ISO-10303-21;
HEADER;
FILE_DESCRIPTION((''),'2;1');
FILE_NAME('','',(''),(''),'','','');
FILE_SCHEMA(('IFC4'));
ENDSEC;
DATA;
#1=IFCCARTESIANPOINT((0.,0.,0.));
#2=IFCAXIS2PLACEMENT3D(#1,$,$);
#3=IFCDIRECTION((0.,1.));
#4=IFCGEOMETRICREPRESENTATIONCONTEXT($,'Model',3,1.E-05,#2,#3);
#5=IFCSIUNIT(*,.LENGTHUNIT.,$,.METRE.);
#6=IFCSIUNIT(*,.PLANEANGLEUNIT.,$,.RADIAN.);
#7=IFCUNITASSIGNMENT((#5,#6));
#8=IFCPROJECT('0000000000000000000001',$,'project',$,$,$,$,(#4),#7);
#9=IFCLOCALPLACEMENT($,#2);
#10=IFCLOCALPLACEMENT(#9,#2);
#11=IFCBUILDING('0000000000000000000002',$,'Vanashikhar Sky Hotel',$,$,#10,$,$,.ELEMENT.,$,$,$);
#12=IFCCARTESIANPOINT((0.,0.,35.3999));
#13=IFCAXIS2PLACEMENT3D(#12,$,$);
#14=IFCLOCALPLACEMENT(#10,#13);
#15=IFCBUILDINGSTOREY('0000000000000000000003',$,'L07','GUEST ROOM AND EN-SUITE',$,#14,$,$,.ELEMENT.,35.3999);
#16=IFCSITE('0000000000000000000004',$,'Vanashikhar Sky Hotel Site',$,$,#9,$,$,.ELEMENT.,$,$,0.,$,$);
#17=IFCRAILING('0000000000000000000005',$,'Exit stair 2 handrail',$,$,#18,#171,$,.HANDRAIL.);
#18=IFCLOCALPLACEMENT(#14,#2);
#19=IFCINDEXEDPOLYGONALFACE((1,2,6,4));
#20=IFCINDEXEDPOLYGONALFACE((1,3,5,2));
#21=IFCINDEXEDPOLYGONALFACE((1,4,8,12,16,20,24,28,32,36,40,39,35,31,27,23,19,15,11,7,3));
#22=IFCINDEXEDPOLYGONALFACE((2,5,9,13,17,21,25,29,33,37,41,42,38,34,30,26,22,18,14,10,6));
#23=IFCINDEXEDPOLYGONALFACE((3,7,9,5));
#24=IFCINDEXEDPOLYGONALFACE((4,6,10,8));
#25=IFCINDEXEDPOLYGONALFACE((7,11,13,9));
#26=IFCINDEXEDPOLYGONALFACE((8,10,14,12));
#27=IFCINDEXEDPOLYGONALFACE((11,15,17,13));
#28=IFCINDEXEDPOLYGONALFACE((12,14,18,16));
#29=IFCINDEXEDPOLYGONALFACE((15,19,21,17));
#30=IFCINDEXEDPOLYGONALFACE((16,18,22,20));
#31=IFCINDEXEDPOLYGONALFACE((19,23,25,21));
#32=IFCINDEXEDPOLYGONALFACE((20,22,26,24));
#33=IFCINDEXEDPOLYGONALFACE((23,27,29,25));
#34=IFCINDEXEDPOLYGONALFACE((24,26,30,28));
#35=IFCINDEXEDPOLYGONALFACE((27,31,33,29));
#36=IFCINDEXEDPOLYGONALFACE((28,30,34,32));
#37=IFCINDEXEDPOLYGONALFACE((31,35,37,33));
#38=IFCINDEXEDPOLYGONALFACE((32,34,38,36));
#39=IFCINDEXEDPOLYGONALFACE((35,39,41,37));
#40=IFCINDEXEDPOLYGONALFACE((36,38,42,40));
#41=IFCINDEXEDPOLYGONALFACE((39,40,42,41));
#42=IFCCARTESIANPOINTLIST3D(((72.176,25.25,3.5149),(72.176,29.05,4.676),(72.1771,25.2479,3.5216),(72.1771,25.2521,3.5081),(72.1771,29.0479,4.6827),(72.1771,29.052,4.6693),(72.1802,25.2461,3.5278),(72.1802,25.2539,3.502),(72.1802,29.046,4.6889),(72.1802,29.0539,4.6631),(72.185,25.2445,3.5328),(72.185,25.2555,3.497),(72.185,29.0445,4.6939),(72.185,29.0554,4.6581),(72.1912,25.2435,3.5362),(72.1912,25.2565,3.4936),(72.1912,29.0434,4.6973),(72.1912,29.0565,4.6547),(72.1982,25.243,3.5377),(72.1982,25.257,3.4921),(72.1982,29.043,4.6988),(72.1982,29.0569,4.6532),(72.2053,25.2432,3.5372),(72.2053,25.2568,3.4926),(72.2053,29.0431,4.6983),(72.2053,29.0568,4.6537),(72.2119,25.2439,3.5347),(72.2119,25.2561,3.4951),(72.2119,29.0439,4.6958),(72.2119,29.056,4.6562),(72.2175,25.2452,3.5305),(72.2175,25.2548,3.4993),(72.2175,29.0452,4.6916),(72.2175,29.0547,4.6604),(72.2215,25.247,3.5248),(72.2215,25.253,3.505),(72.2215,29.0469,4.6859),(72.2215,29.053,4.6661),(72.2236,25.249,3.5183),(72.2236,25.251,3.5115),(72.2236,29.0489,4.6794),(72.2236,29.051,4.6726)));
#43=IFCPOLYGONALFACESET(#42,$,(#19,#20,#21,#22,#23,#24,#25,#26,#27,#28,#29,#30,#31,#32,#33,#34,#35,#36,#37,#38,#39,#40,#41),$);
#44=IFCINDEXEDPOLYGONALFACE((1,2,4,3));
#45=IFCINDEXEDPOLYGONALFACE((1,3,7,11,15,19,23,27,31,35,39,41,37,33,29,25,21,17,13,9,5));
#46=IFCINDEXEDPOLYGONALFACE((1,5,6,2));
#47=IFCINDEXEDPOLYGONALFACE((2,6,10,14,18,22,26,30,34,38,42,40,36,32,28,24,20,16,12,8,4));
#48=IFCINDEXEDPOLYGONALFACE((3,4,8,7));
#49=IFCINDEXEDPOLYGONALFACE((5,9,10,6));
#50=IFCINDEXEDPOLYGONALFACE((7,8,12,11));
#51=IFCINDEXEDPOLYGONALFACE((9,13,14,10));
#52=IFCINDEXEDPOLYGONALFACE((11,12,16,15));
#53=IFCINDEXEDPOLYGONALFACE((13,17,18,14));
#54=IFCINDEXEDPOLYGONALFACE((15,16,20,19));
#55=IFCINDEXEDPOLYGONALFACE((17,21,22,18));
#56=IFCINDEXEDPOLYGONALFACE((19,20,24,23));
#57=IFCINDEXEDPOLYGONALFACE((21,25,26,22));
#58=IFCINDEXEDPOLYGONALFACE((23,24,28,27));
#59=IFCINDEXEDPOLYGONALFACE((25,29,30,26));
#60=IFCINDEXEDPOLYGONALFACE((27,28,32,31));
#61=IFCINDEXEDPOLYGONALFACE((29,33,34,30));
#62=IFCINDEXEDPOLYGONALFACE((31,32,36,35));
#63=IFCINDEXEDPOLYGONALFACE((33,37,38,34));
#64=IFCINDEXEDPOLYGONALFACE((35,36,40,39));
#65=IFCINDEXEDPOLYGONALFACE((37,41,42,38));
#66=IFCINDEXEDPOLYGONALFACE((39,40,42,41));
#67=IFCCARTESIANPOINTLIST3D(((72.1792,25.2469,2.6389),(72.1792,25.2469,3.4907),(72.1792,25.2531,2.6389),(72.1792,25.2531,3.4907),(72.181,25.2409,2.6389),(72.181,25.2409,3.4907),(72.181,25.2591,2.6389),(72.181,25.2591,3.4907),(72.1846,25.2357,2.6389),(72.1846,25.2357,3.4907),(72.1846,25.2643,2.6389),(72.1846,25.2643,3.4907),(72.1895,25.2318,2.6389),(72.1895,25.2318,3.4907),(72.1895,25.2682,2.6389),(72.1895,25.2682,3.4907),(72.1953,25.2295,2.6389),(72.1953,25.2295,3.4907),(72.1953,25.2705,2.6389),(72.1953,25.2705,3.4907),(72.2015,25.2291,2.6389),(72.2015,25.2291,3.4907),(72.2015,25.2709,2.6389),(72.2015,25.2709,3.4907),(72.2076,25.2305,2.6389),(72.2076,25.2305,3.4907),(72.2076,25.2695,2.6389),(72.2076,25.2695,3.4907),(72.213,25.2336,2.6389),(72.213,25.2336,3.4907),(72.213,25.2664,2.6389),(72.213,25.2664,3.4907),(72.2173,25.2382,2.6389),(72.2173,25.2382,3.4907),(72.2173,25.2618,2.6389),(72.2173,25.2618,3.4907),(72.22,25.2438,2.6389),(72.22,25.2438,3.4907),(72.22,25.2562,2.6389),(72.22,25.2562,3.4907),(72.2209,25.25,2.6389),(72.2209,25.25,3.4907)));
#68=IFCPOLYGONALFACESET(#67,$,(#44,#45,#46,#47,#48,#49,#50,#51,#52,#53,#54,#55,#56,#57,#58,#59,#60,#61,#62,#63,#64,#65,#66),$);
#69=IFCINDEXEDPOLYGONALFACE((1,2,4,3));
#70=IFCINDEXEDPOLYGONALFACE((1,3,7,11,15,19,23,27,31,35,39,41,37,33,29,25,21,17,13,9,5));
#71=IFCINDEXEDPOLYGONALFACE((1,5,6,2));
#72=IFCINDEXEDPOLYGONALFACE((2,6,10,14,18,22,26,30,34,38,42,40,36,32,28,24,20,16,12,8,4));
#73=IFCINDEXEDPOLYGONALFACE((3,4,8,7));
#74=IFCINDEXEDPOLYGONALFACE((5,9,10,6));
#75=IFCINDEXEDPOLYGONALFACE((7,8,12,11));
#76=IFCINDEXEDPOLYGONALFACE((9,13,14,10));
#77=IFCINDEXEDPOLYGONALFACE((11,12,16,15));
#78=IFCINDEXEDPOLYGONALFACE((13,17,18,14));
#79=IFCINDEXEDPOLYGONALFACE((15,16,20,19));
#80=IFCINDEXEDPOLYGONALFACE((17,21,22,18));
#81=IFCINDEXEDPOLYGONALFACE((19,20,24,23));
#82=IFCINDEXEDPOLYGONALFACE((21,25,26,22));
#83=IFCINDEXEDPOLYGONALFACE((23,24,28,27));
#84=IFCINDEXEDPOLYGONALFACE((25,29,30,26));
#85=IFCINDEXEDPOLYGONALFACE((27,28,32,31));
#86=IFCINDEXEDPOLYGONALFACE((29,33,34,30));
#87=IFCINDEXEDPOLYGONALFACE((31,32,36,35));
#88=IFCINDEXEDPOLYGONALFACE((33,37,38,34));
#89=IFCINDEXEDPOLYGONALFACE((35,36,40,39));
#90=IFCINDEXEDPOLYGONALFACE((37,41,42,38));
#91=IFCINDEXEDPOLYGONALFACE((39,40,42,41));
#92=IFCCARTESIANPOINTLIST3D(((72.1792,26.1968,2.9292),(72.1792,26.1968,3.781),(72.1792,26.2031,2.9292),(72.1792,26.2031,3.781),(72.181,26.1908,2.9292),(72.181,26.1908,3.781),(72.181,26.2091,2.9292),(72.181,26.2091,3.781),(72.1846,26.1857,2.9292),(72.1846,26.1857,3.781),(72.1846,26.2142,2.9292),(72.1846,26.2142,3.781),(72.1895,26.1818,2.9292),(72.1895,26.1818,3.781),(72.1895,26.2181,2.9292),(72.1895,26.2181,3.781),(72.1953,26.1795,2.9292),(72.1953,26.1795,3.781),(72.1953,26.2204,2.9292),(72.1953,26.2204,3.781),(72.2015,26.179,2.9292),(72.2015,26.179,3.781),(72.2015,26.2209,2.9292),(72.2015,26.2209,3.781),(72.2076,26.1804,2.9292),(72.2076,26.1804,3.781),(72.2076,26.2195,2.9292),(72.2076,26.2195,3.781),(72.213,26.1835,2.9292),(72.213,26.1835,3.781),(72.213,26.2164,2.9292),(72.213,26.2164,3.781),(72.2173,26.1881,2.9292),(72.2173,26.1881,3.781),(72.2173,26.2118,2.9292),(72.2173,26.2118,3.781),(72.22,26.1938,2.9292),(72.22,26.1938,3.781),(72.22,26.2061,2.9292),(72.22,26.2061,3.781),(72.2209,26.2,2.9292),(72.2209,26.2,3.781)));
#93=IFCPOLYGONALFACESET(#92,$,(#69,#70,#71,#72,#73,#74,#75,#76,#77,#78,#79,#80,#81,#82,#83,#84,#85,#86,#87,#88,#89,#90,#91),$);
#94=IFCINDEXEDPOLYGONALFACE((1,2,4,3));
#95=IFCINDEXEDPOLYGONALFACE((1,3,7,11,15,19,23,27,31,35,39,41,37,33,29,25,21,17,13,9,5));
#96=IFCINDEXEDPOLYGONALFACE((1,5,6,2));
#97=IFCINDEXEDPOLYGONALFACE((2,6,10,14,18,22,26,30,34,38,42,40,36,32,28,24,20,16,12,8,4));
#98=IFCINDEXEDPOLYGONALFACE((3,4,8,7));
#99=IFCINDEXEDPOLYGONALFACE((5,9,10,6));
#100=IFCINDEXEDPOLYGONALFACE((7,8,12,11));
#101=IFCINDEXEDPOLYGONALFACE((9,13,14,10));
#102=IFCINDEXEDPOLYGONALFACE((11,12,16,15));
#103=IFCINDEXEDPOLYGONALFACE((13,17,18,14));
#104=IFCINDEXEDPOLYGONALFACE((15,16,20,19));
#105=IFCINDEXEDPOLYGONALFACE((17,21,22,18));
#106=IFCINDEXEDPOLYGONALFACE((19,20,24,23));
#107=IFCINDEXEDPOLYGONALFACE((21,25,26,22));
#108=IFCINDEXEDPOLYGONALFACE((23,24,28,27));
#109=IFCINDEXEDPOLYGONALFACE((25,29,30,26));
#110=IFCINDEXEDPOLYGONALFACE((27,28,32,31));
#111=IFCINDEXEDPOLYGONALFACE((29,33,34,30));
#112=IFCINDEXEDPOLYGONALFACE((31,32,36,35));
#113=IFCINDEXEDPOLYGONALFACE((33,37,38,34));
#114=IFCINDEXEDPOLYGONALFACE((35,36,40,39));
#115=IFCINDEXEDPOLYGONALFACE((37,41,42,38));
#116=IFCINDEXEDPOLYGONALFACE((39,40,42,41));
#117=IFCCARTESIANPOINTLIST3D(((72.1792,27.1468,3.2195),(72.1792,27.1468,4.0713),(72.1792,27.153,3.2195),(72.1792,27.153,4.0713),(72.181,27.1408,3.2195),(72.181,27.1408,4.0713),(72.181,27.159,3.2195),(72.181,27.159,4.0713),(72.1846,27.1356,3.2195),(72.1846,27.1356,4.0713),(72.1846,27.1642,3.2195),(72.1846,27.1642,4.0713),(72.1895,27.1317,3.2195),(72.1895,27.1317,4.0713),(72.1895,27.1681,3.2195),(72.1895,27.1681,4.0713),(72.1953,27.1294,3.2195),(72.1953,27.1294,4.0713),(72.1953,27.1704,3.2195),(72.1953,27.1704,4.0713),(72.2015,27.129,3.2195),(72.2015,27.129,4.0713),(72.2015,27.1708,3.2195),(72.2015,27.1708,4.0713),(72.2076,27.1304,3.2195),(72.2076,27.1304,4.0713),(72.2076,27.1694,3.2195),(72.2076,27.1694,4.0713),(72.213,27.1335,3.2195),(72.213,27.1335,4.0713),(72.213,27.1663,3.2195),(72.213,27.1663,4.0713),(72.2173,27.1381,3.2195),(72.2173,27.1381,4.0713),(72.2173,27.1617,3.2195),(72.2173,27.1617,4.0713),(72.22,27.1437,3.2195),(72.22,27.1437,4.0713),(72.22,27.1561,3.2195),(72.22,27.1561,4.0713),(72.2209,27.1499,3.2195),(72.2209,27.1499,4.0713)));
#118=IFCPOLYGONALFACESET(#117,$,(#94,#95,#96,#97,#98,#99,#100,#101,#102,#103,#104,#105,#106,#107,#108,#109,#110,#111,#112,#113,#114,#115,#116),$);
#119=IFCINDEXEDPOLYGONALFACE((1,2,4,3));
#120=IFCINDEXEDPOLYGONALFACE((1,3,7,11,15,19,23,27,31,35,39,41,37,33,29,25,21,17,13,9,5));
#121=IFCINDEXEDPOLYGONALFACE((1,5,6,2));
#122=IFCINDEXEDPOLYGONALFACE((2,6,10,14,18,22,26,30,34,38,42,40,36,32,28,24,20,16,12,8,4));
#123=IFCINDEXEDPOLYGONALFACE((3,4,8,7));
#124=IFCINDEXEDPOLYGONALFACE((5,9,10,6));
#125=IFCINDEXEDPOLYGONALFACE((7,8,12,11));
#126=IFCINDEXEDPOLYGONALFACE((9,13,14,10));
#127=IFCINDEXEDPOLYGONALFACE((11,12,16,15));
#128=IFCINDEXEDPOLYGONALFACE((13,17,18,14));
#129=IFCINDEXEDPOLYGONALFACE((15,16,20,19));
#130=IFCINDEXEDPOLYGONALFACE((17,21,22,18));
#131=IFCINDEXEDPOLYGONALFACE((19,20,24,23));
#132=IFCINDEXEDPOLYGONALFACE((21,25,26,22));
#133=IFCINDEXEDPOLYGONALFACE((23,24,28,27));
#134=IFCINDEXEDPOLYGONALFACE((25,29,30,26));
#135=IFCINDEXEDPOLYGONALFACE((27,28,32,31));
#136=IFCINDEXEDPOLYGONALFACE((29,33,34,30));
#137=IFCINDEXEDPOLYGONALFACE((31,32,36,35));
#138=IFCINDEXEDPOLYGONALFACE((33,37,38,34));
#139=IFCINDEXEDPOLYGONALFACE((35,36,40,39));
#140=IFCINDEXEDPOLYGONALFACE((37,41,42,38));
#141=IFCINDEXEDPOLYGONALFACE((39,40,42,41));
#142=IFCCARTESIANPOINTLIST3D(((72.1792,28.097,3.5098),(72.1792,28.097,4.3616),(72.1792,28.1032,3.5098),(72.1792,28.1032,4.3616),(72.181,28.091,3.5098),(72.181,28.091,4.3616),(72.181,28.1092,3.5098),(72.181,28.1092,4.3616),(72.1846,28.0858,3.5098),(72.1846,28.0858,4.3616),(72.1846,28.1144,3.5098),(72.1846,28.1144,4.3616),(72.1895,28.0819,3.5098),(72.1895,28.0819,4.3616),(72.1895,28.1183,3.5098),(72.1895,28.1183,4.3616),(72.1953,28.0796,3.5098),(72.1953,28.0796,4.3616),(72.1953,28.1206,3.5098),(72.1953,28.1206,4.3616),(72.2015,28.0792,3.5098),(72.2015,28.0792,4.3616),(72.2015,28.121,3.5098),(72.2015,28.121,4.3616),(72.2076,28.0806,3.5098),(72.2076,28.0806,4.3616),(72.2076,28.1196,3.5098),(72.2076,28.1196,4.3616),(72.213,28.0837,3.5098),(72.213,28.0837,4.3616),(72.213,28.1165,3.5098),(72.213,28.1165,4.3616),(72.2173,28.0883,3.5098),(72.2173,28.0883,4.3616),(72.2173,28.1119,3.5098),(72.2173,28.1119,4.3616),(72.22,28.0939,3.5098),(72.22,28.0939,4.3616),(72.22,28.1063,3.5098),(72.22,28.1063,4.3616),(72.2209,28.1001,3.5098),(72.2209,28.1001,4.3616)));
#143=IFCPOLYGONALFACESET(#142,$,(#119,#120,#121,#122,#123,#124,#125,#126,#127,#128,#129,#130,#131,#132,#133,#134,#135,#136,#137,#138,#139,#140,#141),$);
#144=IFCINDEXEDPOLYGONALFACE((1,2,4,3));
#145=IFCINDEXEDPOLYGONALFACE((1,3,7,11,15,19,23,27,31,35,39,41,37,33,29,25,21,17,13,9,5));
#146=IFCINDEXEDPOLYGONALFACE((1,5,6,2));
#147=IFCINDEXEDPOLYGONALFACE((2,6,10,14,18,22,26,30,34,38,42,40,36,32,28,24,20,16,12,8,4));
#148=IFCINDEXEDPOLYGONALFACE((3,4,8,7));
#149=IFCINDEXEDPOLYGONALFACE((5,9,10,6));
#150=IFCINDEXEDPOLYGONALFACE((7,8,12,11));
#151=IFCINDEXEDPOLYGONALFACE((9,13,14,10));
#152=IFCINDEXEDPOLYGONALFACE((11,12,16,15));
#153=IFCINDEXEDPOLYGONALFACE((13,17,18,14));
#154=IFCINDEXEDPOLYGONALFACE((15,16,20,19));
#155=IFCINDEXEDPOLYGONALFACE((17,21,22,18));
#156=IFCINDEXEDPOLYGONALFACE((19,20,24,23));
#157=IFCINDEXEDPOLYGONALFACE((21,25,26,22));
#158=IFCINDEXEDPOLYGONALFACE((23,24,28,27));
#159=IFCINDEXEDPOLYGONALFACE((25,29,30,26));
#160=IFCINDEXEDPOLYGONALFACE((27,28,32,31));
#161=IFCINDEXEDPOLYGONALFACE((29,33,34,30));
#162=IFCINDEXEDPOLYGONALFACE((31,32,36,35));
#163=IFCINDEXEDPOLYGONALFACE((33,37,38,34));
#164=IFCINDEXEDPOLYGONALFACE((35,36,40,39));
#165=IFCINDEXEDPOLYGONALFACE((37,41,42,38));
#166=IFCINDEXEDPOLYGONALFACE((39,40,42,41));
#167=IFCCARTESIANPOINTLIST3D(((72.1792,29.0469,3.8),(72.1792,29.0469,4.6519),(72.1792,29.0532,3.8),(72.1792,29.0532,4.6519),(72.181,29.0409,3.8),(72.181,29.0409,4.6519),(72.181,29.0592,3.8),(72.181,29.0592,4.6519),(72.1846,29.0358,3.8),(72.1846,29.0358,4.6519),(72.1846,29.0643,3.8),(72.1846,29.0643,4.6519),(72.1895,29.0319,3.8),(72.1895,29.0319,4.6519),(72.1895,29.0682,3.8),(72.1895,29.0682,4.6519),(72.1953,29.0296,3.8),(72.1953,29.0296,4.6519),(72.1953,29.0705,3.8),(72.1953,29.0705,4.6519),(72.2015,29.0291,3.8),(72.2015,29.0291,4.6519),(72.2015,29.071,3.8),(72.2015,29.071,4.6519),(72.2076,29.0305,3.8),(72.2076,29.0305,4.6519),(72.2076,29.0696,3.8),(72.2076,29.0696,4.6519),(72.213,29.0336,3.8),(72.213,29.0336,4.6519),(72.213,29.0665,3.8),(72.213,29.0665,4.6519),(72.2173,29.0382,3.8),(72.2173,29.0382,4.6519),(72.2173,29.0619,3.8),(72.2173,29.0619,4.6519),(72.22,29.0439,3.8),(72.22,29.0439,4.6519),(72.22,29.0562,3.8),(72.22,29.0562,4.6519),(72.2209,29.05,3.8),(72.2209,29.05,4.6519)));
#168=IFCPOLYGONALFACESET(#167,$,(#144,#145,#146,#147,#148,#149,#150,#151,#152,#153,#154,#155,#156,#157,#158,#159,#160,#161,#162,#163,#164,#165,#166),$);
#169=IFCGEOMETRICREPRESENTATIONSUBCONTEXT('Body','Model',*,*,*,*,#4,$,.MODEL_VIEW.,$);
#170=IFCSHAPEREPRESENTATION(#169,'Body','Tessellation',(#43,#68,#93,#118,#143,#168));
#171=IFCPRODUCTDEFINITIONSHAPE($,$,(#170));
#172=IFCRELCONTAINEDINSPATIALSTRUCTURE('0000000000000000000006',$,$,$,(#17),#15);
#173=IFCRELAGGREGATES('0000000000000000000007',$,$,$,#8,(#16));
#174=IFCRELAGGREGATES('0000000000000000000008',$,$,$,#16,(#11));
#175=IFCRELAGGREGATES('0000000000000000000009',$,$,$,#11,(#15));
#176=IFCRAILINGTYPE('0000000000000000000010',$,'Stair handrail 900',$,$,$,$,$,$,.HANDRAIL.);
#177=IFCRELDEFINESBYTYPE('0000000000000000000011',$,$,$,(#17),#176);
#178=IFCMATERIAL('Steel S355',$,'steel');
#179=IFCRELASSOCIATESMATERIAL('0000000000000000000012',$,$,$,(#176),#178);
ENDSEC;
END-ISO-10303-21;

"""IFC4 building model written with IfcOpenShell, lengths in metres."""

from ifc_helpers import new_model, si_unit, direction, frame, origin, origin_2d, place, context, subcontext, project, spatial, circle, extrude, source, transform, mapped, material, type_object, element, save


model = new_model("IFC4")

# Units and contexts
model_context = context("Model", 3, precision=1e-05, world=origin(), true_north=direction((0.0, 1.0)))
body_context = subcontext(model_context, "Body", "Model", "MODEL_VIEW")
ifc_project = project(units=[si_unit("LENGTHUNIT", "METRE"), si_unit("PLANEANGLEUNIT", "RADIAN")], contexts=[model_context])

# Site, building, storey
site_placement = place(None, origin())
site = spatial("IfcSite", under=ifc_project, at=site_placement, Name="Vanashikhar Sky Hotel Site", CompositionType="ELEMENT", RefElevation=0.0)
building_placement = place(site_placement, origin())
building = spatial("IfcBuilding", under=site, at=building_placement, Name="Vanashikhar Sky Hotel", CompositionType="ELEMENT")
storey_placement = place(building_placement, frame((0.0, 0.0, 35.3999)))
storey = spatial("IfcBuildingStorey", under=building, at=storey_placement, Name="L07", Description="GUEST ROOM AND EN-SUITE", CompositionType="ELEMENT", Elevation=35.3999)

# Railing
ifc_material_1 = material(Name="Steel S355", Category="steel")
railing_type_1 = type_object("IfcRailingType", Name="Stair handrail 900", PredefinedType="HANDRAIL", material=ifc_material_1)
shared_shape_1 = source(origin(), body_context, "Body", "SweptSolid", [
    extrude(circle(Radius=0.0239, at=origin_2d()), frame((0.0, 0.0, 0.876), z_axis=(0.0, 0.956351, 0.29222), x_axis=(-1.0, 0.0, 0.0)), (0.0, 0.0, 1.0), 3.9734),
    extrude(circle(Radius=0.021, at=origin_2d()), origin(), (0.0, 0.0, 1.0), 0.8518),
    extrude(circle(Radius=0.021, at=origin_2d()), frame((0.0, 0.95, 0.2903)), (0.0, 0.0, 1.0), 0.8518),
    extrude(circle(Radius=0.021, at=origin_2d()), frame((0.0, 1.8999, 0.5806)), (0.0, 0.0, 1.0), 0.8518),
    extrude(circle(Radius=0.021, at=origin_2d()), frame((0.0, 2.8501, 0.8708)), (0.0, 0.0, 1.0), 0.8518),
    extrude(circle(Radius=0.021, at=origin_2d()), frame((0.0, 3.8, 1.1611)), (0.0, 0.0, 1.0), 0.8518),
])
for number, where, name in (
    (1, (72.2, 25.25, 2.6389), "Exit stair 2 handrail"),
):
    element("IfcRailing", number, at=place(storey_placement, frame(where)), inside=storey, type_object=railing_type_1, Name=name, PredefinedType="HANDRAIL", context=body_context, shape_type="MappedRepresentation", body=[
        mapped(shared_shape_1, transform((0.0, 0.0, 0.0), scale=1.0)),
    ])

save(model, "model.ifc")
